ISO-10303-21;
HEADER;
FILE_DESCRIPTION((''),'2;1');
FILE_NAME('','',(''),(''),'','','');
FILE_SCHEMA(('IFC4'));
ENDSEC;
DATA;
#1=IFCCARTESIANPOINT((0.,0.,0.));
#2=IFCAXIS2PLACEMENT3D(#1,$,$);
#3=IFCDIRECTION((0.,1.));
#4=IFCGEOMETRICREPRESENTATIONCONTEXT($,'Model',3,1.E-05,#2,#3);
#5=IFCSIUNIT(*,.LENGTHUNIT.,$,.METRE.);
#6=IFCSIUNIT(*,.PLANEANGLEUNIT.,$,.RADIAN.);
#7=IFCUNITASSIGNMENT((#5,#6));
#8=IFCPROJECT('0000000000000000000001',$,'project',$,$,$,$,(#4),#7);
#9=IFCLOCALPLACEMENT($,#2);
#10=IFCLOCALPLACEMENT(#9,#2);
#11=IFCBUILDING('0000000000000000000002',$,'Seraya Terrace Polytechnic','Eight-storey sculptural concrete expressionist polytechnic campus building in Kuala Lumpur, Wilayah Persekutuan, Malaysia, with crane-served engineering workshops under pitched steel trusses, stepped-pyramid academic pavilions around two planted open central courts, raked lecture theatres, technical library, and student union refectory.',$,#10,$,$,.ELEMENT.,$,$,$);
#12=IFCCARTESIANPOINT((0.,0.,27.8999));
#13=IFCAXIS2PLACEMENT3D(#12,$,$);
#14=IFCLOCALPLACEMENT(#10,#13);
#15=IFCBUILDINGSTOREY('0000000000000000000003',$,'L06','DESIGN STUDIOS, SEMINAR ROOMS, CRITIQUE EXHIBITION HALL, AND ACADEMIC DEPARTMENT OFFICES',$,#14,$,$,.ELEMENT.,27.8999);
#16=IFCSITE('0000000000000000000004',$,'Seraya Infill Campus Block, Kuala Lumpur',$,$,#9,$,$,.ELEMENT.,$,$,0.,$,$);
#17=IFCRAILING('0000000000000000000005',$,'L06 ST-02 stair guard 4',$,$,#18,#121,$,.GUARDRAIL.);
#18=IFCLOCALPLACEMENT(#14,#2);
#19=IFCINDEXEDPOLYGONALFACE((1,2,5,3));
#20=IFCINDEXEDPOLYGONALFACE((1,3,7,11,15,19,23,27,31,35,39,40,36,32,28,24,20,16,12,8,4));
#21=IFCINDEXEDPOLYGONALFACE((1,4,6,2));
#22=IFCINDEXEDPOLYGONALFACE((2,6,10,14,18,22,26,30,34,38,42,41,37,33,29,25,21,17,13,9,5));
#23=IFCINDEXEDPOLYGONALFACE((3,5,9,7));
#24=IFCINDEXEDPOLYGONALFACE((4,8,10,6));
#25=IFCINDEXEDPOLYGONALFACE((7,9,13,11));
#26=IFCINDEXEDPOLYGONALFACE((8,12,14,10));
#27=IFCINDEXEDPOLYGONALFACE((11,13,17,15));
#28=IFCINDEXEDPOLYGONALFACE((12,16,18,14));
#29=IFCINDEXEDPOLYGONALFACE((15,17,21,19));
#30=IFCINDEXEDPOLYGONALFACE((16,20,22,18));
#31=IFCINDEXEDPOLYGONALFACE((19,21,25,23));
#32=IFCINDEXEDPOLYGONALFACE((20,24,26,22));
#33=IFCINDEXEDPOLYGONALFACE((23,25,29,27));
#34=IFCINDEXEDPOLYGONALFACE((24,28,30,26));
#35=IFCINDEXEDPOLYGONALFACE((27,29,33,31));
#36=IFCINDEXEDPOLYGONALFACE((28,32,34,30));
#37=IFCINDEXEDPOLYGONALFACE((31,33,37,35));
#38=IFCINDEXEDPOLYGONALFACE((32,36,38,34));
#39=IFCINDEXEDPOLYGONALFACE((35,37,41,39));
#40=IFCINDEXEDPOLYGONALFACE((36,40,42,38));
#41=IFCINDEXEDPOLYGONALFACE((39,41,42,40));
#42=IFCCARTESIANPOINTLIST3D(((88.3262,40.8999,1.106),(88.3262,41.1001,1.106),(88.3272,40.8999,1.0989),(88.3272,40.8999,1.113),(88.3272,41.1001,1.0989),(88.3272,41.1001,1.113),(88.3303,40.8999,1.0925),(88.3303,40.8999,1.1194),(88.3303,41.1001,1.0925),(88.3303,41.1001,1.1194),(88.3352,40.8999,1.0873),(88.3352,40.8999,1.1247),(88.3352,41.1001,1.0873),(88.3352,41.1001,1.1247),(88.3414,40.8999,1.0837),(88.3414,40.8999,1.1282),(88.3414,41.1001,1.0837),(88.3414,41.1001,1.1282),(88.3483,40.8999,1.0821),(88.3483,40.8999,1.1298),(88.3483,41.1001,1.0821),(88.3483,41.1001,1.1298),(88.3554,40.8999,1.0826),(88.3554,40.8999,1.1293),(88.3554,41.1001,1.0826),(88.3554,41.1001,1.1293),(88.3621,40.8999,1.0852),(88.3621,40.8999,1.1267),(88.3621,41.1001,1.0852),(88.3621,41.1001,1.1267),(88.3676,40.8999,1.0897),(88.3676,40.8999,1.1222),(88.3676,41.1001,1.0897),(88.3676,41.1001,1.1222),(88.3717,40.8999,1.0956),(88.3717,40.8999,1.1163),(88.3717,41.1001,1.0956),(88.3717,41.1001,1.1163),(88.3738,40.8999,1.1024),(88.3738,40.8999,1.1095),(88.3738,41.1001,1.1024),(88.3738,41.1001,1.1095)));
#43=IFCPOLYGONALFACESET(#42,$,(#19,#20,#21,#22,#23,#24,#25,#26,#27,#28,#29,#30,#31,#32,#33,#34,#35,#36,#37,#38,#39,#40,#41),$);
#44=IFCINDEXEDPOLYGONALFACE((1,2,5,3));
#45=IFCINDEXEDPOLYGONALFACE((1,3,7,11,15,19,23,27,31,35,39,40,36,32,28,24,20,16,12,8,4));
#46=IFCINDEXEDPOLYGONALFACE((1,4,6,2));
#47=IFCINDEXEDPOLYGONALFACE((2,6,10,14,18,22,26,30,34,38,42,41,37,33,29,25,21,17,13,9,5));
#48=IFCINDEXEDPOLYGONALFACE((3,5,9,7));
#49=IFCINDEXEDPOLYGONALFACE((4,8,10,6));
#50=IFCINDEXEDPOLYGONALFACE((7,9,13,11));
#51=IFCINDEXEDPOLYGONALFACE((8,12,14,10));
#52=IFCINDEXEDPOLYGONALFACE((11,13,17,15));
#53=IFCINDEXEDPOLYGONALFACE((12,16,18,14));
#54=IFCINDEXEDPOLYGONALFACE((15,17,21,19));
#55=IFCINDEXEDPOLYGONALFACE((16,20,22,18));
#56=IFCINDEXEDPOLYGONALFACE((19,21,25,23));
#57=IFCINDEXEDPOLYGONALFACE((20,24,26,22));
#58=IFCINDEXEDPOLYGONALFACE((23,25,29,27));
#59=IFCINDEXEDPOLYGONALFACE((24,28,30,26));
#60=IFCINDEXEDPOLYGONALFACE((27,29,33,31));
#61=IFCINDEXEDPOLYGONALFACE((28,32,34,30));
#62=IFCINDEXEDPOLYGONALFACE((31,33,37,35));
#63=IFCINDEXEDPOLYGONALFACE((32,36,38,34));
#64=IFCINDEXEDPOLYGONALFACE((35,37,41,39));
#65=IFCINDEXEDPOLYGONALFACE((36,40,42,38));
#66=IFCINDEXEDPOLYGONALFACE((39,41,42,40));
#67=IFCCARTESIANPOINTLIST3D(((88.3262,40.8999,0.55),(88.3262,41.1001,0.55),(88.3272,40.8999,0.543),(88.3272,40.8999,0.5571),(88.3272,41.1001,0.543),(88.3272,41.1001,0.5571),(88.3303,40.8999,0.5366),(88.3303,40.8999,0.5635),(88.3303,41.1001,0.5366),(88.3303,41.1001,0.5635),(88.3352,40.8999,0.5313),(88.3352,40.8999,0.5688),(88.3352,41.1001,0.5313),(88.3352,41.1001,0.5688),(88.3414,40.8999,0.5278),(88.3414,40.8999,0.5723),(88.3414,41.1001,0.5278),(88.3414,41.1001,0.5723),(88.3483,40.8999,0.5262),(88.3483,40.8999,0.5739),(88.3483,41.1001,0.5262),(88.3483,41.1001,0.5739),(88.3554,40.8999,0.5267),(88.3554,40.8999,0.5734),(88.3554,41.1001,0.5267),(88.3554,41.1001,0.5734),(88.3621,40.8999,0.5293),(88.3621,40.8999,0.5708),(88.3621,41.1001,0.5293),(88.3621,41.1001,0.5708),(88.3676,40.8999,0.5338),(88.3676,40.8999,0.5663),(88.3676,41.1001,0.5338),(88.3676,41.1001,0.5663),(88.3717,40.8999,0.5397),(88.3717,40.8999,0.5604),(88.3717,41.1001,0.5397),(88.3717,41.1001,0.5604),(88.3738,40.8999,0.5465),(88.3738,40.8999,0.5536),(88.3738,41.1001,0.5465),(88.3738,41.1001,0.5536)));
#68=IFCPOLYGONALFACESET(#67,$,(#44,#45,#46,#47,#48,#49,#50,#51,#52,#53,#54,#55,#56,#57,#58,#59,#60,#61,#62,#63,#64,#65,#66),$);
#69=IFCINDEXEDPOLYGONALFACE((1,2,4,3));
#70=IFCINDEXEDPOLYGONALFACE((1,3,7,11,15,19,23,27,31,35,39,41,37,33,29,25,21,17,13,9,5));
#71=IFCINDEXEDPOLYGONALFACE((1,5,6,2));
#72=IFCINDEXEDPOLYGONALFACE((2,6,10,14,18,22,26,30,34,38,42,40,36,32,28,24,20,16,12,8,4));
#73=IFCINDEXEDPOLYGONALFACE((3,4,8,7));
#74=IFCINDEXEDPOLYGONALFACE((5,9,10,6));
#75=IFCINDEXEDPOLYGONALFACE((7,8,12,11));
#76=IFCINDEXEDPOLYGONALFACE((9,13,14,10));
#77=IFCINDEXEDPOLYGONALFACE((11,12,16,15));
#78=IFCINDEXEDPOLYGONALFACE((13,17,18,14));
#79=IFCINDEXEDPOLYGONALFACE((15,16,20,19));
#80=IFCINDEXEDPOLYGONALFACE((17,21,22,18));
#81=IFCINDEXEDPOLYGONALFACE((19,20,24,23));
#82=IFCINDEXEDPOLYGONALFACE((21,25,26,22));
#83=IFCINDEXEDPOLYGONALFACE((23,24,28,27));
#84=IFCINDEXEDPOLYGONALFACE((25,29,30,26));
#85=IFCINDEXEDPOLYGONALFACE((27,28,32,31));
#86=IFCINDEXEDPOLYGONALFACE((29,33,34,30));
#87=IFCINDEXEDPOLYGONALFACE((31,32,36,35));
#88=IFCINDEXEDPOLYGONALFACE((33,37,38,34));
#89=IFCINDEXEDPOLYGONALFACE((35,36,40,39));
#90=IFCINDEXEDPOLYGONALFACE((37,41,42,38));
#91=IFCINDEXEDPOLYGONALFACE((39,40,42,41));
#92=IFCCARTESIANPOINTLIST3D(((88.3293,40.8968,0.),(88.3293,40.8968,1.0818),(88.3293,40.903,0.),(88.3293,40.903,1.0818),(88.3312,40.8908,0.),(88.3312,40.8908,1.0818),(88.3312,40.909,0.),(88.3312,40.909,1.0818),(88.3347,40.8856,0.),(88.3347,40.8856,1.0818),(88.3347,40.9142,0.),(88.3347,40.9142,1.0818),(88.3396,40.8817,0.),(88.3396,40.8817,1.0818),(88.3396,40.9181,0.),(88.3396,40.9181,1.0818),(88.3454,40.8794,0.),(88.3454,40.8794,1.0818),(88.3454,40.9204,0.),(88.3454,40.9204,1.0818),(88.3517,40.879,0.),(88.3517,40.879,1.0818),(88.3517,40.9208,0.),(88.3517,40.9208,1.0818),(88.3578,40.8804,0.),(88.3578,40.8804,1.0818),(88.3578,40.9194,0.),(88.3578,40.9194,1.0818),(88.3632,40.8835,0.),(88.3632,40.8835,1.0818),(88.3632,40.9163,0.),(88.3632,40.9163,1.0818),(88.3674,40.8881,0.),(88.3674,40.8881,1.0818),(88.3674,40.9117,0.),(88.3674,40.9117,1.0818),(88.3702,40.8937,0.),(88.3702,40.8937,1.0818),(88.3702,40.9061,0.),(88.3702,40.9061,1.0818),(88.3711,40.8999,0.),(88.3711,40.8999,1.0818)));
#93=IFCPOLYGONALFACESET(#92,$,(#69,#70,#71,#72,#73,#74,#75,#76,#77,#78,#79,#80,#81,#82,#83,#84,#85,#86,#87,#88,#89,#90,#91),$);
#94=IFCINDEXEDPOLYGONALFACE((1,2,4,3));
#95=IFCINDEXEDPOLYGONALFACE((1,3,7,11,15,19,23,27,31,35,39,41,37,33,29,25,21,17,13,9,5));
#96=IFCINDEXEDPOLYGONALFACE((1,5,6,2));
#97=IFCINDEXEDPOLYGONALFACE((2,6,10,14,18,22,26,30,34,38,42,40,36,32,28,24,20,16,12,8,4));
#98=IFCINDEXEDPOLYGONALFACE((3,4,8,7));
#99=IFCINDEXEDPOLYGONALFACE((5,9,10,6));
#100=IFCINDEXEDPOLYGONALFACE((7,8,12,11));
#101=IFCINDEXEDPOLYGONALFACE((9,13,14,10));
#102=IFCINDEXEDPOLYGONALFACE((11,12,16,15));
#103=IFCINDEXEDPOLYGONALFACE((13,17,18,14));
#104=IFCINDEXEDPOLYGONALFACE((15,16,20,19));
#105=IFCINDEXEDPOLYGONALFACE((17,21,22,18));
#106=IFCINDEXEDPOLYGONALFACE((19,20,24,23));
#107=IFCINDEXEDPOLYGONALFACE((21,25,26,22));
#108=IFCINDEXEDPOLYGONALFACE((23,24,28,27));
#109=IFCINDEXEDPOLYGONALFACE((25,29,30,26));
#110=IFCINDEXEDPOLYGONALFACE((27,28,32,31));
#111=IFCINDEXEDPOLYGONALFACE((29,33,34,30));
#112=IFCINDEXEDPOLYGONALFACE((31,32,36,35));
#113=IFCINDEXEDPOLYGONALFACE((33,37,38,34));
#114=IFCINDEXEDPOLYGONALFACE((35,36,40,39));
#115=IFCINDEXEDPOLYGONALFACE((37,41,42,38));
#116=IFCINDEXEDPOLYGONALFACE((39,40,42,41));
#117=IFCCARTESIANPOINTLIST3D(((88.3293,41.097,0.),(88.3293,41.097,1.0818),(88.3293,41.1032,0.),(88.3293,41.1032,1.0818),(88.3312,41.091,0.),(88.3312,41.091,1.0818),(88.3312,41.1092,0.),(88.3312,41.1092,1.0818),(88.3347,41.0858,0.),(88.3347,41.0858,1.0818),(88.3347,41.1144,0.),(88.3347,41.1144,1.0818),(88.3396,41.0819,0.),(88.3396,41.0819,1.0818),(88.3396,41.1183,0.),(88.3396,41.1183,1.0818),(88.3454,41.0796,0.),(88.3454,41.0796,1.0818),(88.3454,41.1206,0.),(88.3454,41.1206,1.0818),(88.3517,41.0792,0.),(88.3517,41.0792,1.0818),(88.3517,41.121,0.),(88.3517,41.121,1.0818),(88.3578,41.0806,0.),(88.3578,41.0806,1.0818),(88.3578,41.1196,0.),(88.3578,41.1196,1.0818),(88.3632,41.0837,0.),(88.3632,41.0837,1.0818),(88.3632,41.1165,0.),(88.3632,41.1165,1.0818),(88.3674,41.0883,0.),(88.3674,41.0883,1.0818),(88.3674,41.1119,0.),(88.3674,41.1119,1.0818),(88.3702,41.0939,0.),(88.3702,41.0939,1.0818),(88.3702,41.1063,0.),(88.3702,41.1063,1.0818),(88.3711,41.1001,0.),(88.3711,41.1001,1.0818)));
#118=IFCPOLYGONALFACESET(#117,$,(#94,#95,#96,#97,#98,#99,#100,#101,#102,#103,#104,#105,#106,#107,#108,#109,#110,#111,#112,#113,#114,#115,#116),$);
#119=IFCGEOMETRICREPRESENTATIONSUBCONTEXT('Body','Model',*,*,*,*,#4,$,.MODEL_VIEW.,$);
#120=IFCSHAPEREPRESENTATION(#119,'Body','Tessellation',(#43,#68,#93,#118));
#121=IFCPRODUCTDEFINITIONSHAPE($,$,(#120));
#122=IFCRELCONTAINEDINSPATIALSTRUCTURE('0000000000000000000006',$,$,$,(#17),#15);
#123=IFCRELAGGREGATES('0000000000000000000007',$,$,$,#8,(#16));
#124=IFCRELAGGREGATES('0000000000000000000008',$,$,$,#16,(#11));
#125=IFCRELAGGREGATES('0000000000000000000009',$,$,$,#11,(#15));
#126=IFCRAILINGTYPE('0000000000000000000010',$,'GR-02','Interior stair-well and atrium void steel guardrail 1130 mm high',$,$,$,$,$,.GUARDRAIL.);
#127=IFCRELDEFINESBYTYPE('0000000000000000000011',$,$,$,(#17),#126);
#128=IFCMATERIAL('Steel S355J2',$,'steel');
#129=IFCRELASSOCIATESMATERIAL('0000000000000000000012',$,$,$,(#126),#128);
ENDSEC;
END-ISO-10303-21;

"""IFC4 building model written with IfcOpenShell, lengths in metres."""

from ifc_helpers import new_model, si_unit, direction, frame, origin, origin_2d, place, context, subcontext, project, spatial, circle, extrude, material, type_object, element, save


model = new_model("IFC4")

# Units and contexts
model_context = context("Model", 3, precision=1e-05, world=origin(), true_north=direction((0.0, 1.0)))
body_context = subcontext(model_context, "Body", "Model", "MODEL_VIEW")
ifc_project = project(units=[si_unit("LENGTHUNIT", "METRE"), si_unit("PLANEANGLEUNIT", "RADIAN")], contexts=[model_context])

# Site, building, storey
site_placement = place(None, origin())
site = spatial("IfcSite", under=ifc_project, at=site_placement, Name="Seraya Infill Campus Block, Kuala Lumpur", CompositionType="ELEMENT", RefElevation=0.0)
building_placement = place(site_placement, origin())
building = spatial("IfcBuilding", under=site, at=building_placement, Name="Seraya Terrace Polytechnic", Description="Eight-storey sculptural concrete expressionist polytechnic campus building in Kuala Lumpur, Wilayah Persekutuan, Malaysia, with crane-served engineering workshops under pitched steel trusses, stepped-pyramid academic pavilions around two planted open central courts, raked lecture theatres, technical library, and student union refectory.", CompositionType="ELEMENT")
storey_placement = place(building_placement, frame((0.0, 0.0, 27.8999)))
storey = spatial("IfcBuildingStorey", under=building, at=storey_placement, Name="L06", Description="DESIGN STUDIOS, SEMINAR ROOMS, CRITIQUE EXHIBITION HALL, AND ACADEMIC DEPARTMENT OFFICES", CompositionType="ELEMENT", Elevation=27.8999)

# Shared definitions
ifc_material_1 = material(Name="Steel S355J2", Category="steel")

# Railing
railing_type_1 = type_object("IfcRailingType", Name="GR-02", Description="Interior stair-well and atrium void steel guardrail 1130 mm high", PredefinedType="GUARDRAIL", material=ifc_material_1)
railing_1_placement = place(storey_placement, frame((88.3501, 40.8999, 0.0)))
element("IfcRailing", 1, at=railing_1_placement, inside=storey, type_object=railing_type_1, Name="L06 ST-02 stair guard 4", PredefinedType="GUARDRAIL", context=body_context, shape_type="SweptSolid", body=[
    extrude(circle(Radius=0.0239, at=origin_2d()), frame((0.0, 0.0, 1.106), z_axis=(0.0, 1.0, 0.0), x_axis=(-1.0, 0.0, 0.0)), (0.0, 0.0, 1.0), 0.2002),
    extrude(circle(Radius=0.0239, at=origin_2d()), frame((0.0, 0.0, 0.55), z_axis=(0.0, 1.0, 0.0), x_axis=(-1.0, 0.0, 0.0)), (0.0, 0.0, 1.0), 0.2002),
    extrude(circle(Radius=0.021, at=origin_2d()), origin(), (0.0, 0.0, 1.0), 1.0818),
    extrude(circle(Radius=0.021, at=origin_2d()), frame((0.0, 0.2002, 0.0)), (0.0, 0.0, 1.0), 1.0818),
])

save(model, "model.ifc")
